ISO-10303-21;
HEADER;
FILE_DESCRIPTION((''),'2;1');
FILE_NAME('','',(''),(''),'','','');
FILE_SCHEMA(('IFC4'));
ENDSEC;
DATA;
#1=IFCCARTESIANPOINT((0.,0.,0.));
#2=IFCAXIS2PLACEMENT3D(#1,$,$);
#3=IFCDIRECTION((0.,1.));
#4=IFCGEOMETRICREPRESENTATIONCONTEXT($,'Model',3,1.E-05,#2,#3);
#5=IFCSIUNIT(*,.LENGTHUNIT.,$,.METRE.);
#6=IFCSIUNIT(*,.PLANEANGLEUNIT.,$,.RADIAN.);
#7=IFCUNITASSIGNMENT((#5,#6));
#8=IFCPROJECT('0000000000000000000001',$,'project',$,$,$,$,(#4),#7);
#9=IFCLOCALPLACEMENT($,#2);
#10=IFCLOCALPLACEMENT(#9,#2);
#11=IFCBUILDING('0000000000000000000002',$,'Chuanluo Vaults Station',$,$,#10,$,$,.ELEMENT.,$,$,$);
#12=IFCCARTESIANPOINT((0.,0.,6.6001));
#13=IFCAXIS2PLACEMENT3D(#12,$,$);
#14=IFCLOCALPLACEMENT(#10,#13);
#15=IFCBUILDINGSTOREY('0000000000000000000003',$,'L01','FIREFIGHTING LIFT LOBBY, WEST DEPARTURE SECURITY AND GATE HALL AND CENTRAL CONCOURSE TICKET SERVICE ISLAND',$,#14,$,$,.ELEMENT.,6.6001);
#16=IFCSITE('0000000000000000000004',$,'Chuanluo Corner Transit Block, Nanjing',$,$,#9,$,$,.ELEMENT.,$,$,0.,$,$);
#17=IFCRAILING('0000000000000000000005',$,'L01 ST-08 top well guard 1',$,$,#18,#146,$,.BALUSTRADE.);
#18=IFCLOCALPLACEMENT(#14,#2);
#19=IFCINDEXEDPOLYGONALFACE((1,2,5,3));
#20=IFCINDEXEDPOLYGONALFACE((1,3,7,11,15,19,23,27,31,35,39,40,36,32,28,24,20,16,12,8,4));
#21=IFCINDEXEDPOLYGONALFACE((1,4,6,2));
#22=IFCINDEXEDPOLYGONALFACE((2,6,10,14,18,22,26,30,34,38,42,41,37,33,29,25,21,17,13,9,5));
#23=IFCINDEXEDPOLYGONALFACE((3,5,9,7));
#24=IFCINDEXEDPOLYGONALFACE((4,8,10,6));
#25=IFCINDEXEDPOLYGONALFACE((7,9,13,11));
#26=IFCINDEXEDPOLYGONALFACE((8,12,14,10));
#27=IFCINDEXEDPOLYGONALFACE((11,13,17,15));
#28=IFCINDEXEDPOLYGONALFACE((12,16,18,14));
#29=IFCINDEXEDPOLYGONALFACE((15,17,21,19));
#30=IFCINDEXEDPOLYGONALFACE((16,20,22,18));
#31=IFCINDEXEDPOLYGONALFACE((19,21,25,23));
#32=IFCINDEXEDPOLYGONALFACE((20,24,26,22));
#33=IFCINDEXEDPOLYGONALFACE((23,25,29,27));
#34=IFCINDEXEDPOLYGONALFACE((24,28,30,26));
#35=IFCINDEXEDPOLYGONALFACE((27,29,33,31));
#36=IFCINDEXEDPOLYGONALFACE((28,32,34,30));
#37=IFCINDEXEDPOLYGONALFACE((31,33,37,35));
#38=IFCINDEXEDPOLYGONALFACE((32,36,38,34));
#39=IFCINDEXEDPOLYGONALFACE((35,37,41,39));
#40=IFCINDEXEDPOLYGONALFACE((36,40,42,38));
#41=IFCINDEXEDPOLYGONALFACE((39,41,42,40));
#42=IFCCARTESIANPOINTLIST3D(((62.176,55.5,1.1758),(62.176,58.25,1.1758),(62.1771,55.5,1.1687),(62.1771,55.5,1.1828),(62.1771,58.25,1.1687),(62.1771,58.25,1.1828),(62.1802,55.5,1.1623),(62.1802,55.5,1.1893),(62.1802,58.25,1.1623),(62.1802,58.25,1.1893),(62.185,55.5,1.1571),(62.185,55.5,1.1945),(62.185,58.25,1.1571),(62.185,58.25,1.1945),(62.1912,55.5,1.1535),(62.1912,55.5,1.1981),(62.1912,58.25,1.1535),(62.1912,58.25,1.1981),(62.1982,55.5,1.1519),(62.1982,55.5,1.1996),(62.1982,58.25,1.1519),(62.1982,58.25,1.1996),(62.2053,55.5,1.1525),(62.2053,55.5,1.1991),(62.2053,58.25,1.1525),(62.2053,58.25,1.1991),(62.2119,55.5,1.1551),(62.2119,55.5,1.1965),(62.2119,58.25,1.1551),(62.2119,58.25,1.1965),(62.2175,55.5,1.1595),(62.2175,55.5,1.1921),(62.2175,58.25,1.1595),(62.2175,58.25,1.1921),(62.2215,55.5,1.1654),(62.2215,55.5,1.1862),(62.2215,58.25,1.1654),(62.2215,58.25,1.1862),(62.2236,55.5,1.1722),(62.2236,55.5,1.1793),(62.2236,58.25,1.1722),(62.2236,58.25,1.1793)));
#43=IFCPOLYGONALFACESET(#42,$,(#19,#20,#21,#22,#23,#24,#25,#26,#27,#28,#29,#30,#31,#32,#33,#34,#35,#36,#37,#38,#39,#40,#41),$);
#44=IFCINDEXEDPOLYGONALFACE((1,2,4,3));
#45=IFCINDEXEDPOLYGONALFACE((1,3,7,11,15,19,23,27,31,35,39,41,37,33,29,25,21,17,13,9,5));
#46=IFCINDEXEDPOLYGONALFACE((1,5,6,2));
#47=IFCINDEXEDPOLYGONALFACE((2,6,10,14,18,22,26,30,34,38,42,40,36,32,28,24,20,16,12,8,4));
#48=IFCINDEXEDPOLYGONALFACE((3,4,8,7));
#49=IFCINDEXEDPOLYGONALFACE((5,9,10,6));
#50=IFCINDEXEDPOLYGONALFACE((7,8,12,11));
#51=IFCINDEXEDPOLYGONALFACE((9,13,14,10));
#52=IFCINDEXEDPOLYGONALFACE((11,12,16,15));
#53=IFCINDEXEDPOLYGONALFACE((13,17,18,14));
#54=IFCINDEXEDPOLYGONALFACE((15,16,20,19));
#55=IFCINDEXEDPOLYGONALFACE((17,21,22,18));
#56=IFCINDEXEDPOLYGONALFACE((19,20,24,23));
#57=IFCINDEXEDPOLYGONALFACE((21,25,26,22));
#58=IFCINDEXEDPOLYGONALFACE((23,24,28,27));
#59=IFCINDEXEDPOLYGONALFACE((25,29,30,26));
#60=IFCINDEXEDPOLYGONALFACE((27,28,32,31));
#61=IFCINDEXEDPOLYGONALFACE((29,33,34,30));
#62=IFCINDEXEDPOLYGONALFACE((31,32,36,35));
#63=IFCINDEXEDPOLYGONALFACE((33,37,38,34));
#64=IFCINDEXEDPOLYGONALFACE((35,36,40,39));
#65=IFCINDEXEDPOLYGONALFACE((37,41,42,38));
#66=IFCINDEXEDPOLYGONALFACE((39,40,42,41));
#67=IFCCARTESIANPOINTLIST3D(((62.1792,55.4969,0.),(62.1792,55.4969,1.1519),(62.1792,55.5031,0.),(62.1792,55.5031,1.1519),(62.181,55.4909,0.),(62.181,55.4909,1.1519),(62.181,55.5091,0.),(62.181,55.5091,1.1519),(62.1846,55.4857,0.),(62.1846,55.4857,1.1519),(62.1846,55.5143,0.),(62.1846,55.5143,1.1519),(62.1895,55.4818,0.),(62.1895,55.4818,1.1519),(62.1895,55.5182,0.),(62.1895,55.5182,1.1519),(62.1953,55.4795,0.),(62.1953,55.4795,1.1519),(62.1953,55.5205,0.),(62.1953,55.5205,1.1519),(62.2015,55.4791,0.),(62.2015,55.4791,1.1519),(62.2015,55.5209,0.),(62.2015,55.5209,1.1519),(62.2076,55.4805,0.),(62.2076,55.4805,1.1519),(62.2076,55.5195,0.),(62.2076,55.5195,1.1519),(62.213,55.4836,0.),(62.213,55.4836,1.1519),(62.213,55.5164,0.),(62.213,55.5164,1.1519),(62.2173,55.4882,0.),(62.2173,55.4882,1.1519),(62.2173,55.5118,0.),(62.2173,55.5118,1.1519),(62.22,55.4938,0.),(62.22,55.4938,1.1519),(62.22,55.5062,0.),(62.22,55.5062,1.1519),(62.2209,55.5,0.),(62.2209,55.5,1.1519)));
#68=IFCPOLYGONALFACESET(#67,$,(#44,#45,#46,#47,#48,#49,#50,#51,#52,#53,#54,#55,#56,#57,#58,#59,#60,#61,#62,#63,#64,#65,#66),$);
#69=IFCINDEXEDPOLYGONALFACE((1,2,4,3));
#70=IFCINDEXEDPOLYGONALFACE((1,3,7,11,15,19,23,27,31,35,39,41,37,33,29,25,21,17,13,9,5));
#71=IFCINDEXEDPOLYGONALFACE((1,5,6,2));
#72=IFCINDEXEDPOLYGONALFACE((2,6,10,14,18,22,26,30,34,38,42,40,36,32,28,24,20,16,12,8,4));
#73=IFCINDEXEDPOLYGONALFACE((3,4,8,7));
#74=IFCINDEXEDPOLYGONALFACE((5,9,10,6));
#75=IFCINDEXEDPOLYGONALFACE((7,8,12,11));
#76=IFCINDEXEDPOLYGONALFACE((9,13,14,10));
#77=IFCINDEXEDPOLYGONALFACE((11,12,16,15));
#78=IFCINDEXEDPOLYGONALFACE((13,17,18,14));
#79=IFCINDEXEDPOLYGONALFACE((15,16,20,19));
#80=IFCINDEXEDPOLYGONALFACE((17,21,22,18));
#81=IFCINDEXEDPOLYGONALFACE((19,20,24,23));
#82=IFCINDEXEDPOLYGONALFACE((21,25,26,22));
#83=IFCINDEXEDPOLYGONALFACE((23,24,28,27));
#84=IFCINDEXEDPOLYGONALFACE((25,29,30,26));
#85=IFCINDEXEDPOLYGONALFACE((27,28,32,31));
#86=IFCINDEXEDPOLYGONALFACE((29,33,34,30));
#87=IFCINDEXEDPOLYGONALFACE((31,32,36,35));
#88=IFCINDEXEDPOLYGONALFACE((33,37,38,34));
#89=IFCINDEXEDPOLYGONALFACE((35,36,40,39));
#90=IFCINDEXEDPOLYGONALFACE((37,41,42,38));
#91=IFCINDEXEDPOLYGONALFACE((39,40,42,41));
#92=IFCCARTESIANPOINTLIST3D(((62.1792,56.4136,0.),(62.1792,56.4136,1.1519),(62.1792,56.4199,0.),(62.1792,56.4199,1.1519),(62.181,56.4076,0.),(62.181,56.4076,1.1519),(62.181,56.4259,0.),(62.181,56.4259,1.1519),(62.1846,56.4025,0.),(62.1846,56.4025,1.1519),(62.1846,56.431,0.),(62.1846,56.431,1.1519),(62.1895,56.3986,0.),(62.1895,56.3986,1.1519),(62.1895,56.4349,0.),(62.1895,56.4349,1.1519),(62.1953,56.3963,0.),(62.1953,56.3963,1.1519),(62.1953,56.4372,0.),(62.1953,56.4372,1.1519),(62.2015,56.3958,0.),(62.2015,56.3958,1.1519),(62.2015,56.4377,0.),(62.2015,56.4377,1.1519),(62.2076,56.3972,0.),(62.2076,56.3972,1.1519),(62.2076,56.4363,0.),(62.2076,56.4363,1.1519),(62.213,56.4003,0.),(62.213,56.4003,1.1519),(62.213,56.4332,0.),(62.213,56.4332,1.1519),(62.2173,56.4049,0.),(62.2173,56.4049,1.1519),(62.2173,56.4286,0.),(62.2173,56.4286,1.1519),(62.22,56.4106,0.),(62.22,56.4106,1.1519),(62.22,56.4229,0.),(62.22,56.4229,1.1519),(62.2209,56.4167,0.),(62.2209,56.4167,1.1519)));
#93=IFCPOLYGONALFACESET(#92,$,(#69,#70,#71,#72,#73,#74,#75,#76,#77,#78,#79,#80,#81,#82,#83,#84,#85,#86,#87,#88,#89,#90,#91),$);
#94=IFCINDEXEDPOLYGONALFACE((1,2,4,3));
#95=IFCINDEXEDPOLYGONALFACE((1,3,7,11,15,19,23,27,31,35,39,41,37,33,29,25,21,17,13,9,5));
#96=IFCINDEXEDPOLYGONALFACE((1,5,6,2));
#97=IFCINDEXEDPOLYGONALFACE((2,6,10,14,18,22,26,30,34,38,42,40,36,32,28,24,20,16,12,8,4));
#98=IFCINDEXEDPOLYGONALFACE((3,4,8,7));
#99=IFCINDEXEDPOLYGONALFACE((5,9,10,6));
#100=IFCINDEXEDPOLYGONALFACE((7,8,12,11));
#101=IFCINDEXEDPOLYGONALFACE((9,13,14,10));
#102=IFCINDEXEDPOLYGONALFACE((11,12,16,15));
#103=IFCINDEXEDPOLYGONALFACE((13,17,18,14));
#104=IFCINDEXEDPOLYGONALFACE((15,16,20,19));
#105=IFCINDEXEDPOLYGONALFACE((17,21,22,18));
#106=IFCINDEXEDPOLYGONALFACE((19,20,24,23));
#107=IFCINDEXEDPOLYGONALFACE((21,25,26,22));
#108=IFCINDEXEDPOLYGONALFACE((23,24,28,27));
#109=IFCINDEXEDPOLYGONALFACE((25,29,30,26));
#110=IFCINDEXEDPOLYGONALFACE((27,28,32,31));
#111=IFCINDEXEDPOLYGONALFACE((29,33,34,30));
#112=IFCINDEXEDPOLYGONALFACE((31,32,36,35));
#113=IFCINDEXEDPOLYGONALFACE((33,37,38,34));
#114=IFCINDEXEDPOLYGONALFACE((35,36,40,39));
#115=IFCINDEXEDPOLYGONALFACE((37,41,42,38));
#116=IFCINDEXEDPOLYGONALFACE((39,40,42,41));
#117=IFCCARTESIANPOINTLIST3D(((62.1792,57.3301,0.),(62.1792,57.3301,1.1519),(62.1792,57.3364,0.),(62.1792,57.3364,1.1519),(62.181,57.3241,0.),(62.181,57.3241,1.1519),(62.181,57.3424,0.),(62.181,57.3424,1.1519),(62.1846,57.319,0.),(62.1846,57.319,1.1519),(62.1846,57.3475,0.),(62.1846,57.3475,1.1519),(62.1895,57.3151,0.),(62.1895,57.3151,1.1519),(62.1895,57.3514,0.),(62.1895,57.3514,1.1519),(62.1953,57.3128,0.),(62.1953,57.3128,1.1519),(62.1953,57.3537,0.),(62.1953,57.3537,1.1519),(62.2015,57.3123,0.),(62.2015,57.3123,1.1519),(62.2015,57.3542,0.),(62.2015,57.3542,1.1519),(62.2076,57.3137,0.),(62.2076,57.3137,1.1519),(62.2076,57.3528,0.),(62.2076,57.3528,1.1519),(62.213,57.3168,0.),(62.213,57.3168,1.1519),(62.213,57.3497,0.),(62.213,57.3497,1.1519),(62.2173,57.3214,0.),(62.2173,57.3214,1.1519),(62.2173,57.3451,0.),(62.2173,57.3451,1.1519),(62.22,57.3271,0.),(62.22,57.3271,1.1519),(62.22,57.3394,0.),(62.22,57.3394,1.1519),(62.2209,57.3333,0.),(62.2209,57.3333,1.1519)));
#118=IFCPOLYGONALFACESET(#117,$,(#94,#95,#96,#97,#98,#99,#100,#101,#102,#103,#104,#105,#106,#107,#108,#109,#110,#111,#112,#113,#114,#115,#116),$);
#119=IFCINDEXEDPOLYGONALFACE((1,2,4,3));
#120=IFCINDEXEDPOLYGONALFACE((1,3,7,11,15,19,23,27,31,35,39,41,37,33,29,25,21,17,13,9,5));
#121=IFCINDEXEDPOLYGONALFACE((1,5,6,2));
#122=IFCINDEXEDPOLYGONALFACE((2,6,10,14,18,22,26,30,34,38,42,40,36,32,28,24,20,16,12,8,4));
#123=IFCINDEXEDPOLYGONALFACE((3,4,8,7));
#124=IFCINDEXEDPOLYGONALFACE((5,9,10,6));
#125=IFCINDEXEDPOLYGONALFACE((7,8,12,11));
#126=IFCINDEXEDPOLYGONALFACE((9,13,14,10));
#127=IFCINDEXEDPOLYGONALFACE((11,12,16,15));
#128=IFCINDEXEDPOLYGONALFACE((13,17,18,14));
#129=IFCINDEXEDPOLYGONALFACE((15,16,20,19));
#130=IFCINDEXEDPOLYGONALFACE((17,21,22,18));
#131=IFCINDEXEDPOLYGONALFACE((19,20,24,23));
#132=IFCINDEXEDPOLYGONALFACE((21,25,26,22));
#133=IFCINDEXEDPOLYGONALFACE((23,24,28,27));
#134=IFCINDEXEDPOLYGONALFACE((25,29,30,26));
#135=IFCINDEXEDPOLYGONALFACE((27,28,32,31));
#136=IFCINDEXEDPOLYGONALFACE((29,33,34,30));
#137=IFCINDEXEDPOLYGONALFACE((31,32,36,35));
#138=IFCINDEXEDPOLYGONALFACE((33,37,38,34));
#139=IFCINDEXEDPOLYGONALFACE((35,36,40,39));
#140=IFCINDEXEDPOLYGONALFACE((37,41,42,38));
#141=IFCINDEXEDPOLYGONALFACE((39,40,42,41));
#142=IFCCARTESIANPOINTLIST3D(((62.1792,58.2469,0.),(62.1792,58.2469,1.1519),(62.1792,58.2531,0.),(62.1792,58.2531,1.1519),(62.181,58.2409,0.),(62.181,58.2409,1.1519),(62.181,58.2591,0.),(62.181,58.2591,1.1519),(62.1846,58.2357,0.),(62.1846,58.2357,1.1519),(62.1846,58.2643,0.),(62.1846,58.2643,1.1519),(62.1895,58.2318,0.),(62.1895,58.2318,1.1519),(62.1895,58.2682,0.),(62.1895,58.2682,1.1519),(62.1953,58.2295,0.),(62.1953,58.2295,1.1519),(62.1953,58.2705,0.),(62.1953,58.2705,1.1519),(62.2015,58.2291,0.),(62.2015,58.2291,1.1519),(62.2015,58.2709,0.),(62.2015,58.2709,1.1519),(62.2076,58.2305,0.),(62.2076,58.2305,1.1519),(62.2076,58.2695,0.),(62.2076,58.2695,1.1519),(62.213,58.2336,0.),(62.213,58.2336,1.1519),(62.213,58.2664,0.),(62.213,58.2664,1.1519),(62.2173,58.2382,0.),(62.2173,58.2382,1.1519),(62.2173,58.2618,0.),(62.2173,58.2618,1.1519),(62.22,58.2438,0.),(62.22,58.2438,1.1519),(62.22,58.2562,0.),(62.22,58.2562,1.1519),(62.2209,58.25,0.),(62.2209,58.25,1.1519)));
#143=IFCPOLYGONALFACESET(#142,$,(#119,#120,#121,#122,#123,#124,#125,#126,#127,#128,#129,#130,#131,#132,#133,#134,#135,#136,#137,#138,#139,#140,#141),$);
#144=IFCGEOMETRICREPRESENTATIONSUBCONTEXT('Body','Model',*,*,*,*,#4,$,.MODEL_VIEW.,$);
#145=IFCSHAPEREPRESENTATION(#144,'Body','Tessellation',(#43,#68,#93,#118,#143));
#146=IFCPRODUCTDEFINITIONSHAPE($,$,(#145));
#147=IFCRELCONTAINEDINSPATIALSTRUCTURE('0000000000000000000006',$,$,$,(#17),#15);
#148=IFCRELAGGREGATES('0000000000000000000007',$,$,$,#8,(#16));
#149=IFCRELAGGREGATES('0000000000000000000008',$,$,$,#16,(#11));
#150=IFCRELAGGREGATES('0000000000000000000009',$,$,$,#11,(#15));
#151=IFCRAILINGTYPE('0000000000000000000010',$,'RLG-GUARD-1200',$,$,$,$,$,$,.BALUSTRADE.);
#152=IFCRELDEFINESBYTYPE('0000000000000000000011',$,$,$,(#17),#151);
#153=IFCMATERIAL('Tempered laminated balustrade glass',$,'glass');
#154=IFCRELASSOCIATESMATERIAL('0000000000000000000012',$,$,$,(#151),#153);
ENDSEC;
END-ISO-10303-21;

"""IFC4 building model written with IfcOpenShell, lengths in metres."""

from ifc_helpers import new_model, si_unit, direction, frame, origin, origin_2d, place, context, subcontext, project, spatial, circle, extrude, material, type_object, element, save


model = new_model("IFC4")

# Units and contexts
model_context = context("Model", 3, precision=1e-05, world=origin(), true_north=direction((0.0, 1.0)))
body_context = subcontext(model_context, "Body", "Model", "MODEL_VIEW")
ifc_project = project(units=[si_unit("LENGTHUNIT", "METRE"), si_unit("PLANEANGLEUNIT", "RADIAN")], contexts=[model_context])

# Site, building, storey
site_placement = place(None, origin())
site = spatial("IfcSite", under=ifc_project, at=site_placement, Name="Chuanluo Corner Transit Block, Nanjing", CompositionType="ELEMENT", RefElevation=0.0)
building_placement = place(site_placement, origin())
building = spatial("IfcBuilding", under=site, at=building_placement, Name="Chuanluo Vaults Station", CompositionType="ELEMENT")
storey_placement = place(building_placement, frame((0.0, 0.0, 6.6001)))
storey = spatial("IfcBuildingStorey", under=building, at=storey_placement, Name="L01", Description="FIREFIGHTING LIFT LOBBY, WEST DEPARTURE SECURITY AND GATE HALL AND CENTRAL CONCOURSE TICKET SERVICE ISLAND", CompositionType="ELEMENT", Elevation=6.6001)

# Railing
ifc_material_1 = material(Name="Tempered laminated balustrade glass", Category="glass")
railing_type = type_object("IfcRailingType", Name="RLG-GUARD-1200", PredefinedType="BALUSTRADE", material=ifc_material_1)
railing_1_placement = place(storey_placement, frame((62.2, 55.5, 0.0)))
element("IfcRailing", 1, at=railing_1_placement, inside=storey, type_object=railing_type, Name="L01 ST-08 top well guard 1", PredefinedType="BALUSTRADE", context=body_context, shape_type="SweptSolid", body=[
    extrude(circle(Radius=0.0239, at=origin_2d()), frame((0.0, 0.0, 1.1758), z_axis=(0.0, 1.0, 0.0), x_axis=(-1.0, 0.0, 0.0)), (0.0, 0.0, 1.0), 2.75),
    extrude(circle(Radius=0.021, at=origin_2d()), origin(), (0.0, 0.0, 1.0), 1.1519),
    extrude(circle(Radius=0.021, at=origin_2d()), frame((0.0, 0.9167, 0.0)), (0.0, 0.0, 1.0), 1.1519),
    extrude(circle(Radius=0.021, at=origin_2d()), frame((0.0, 1.8333, 0.0)), (0.0, 0.0, 1.0), 1.1519),
    extrude(circle(Radius=0.021, at=origin_2d()), frame((0.0, 2.75, 0.0)), (0.0, 0.0, 1.0), 1.1519),
])

save(model, "model.ifc")
